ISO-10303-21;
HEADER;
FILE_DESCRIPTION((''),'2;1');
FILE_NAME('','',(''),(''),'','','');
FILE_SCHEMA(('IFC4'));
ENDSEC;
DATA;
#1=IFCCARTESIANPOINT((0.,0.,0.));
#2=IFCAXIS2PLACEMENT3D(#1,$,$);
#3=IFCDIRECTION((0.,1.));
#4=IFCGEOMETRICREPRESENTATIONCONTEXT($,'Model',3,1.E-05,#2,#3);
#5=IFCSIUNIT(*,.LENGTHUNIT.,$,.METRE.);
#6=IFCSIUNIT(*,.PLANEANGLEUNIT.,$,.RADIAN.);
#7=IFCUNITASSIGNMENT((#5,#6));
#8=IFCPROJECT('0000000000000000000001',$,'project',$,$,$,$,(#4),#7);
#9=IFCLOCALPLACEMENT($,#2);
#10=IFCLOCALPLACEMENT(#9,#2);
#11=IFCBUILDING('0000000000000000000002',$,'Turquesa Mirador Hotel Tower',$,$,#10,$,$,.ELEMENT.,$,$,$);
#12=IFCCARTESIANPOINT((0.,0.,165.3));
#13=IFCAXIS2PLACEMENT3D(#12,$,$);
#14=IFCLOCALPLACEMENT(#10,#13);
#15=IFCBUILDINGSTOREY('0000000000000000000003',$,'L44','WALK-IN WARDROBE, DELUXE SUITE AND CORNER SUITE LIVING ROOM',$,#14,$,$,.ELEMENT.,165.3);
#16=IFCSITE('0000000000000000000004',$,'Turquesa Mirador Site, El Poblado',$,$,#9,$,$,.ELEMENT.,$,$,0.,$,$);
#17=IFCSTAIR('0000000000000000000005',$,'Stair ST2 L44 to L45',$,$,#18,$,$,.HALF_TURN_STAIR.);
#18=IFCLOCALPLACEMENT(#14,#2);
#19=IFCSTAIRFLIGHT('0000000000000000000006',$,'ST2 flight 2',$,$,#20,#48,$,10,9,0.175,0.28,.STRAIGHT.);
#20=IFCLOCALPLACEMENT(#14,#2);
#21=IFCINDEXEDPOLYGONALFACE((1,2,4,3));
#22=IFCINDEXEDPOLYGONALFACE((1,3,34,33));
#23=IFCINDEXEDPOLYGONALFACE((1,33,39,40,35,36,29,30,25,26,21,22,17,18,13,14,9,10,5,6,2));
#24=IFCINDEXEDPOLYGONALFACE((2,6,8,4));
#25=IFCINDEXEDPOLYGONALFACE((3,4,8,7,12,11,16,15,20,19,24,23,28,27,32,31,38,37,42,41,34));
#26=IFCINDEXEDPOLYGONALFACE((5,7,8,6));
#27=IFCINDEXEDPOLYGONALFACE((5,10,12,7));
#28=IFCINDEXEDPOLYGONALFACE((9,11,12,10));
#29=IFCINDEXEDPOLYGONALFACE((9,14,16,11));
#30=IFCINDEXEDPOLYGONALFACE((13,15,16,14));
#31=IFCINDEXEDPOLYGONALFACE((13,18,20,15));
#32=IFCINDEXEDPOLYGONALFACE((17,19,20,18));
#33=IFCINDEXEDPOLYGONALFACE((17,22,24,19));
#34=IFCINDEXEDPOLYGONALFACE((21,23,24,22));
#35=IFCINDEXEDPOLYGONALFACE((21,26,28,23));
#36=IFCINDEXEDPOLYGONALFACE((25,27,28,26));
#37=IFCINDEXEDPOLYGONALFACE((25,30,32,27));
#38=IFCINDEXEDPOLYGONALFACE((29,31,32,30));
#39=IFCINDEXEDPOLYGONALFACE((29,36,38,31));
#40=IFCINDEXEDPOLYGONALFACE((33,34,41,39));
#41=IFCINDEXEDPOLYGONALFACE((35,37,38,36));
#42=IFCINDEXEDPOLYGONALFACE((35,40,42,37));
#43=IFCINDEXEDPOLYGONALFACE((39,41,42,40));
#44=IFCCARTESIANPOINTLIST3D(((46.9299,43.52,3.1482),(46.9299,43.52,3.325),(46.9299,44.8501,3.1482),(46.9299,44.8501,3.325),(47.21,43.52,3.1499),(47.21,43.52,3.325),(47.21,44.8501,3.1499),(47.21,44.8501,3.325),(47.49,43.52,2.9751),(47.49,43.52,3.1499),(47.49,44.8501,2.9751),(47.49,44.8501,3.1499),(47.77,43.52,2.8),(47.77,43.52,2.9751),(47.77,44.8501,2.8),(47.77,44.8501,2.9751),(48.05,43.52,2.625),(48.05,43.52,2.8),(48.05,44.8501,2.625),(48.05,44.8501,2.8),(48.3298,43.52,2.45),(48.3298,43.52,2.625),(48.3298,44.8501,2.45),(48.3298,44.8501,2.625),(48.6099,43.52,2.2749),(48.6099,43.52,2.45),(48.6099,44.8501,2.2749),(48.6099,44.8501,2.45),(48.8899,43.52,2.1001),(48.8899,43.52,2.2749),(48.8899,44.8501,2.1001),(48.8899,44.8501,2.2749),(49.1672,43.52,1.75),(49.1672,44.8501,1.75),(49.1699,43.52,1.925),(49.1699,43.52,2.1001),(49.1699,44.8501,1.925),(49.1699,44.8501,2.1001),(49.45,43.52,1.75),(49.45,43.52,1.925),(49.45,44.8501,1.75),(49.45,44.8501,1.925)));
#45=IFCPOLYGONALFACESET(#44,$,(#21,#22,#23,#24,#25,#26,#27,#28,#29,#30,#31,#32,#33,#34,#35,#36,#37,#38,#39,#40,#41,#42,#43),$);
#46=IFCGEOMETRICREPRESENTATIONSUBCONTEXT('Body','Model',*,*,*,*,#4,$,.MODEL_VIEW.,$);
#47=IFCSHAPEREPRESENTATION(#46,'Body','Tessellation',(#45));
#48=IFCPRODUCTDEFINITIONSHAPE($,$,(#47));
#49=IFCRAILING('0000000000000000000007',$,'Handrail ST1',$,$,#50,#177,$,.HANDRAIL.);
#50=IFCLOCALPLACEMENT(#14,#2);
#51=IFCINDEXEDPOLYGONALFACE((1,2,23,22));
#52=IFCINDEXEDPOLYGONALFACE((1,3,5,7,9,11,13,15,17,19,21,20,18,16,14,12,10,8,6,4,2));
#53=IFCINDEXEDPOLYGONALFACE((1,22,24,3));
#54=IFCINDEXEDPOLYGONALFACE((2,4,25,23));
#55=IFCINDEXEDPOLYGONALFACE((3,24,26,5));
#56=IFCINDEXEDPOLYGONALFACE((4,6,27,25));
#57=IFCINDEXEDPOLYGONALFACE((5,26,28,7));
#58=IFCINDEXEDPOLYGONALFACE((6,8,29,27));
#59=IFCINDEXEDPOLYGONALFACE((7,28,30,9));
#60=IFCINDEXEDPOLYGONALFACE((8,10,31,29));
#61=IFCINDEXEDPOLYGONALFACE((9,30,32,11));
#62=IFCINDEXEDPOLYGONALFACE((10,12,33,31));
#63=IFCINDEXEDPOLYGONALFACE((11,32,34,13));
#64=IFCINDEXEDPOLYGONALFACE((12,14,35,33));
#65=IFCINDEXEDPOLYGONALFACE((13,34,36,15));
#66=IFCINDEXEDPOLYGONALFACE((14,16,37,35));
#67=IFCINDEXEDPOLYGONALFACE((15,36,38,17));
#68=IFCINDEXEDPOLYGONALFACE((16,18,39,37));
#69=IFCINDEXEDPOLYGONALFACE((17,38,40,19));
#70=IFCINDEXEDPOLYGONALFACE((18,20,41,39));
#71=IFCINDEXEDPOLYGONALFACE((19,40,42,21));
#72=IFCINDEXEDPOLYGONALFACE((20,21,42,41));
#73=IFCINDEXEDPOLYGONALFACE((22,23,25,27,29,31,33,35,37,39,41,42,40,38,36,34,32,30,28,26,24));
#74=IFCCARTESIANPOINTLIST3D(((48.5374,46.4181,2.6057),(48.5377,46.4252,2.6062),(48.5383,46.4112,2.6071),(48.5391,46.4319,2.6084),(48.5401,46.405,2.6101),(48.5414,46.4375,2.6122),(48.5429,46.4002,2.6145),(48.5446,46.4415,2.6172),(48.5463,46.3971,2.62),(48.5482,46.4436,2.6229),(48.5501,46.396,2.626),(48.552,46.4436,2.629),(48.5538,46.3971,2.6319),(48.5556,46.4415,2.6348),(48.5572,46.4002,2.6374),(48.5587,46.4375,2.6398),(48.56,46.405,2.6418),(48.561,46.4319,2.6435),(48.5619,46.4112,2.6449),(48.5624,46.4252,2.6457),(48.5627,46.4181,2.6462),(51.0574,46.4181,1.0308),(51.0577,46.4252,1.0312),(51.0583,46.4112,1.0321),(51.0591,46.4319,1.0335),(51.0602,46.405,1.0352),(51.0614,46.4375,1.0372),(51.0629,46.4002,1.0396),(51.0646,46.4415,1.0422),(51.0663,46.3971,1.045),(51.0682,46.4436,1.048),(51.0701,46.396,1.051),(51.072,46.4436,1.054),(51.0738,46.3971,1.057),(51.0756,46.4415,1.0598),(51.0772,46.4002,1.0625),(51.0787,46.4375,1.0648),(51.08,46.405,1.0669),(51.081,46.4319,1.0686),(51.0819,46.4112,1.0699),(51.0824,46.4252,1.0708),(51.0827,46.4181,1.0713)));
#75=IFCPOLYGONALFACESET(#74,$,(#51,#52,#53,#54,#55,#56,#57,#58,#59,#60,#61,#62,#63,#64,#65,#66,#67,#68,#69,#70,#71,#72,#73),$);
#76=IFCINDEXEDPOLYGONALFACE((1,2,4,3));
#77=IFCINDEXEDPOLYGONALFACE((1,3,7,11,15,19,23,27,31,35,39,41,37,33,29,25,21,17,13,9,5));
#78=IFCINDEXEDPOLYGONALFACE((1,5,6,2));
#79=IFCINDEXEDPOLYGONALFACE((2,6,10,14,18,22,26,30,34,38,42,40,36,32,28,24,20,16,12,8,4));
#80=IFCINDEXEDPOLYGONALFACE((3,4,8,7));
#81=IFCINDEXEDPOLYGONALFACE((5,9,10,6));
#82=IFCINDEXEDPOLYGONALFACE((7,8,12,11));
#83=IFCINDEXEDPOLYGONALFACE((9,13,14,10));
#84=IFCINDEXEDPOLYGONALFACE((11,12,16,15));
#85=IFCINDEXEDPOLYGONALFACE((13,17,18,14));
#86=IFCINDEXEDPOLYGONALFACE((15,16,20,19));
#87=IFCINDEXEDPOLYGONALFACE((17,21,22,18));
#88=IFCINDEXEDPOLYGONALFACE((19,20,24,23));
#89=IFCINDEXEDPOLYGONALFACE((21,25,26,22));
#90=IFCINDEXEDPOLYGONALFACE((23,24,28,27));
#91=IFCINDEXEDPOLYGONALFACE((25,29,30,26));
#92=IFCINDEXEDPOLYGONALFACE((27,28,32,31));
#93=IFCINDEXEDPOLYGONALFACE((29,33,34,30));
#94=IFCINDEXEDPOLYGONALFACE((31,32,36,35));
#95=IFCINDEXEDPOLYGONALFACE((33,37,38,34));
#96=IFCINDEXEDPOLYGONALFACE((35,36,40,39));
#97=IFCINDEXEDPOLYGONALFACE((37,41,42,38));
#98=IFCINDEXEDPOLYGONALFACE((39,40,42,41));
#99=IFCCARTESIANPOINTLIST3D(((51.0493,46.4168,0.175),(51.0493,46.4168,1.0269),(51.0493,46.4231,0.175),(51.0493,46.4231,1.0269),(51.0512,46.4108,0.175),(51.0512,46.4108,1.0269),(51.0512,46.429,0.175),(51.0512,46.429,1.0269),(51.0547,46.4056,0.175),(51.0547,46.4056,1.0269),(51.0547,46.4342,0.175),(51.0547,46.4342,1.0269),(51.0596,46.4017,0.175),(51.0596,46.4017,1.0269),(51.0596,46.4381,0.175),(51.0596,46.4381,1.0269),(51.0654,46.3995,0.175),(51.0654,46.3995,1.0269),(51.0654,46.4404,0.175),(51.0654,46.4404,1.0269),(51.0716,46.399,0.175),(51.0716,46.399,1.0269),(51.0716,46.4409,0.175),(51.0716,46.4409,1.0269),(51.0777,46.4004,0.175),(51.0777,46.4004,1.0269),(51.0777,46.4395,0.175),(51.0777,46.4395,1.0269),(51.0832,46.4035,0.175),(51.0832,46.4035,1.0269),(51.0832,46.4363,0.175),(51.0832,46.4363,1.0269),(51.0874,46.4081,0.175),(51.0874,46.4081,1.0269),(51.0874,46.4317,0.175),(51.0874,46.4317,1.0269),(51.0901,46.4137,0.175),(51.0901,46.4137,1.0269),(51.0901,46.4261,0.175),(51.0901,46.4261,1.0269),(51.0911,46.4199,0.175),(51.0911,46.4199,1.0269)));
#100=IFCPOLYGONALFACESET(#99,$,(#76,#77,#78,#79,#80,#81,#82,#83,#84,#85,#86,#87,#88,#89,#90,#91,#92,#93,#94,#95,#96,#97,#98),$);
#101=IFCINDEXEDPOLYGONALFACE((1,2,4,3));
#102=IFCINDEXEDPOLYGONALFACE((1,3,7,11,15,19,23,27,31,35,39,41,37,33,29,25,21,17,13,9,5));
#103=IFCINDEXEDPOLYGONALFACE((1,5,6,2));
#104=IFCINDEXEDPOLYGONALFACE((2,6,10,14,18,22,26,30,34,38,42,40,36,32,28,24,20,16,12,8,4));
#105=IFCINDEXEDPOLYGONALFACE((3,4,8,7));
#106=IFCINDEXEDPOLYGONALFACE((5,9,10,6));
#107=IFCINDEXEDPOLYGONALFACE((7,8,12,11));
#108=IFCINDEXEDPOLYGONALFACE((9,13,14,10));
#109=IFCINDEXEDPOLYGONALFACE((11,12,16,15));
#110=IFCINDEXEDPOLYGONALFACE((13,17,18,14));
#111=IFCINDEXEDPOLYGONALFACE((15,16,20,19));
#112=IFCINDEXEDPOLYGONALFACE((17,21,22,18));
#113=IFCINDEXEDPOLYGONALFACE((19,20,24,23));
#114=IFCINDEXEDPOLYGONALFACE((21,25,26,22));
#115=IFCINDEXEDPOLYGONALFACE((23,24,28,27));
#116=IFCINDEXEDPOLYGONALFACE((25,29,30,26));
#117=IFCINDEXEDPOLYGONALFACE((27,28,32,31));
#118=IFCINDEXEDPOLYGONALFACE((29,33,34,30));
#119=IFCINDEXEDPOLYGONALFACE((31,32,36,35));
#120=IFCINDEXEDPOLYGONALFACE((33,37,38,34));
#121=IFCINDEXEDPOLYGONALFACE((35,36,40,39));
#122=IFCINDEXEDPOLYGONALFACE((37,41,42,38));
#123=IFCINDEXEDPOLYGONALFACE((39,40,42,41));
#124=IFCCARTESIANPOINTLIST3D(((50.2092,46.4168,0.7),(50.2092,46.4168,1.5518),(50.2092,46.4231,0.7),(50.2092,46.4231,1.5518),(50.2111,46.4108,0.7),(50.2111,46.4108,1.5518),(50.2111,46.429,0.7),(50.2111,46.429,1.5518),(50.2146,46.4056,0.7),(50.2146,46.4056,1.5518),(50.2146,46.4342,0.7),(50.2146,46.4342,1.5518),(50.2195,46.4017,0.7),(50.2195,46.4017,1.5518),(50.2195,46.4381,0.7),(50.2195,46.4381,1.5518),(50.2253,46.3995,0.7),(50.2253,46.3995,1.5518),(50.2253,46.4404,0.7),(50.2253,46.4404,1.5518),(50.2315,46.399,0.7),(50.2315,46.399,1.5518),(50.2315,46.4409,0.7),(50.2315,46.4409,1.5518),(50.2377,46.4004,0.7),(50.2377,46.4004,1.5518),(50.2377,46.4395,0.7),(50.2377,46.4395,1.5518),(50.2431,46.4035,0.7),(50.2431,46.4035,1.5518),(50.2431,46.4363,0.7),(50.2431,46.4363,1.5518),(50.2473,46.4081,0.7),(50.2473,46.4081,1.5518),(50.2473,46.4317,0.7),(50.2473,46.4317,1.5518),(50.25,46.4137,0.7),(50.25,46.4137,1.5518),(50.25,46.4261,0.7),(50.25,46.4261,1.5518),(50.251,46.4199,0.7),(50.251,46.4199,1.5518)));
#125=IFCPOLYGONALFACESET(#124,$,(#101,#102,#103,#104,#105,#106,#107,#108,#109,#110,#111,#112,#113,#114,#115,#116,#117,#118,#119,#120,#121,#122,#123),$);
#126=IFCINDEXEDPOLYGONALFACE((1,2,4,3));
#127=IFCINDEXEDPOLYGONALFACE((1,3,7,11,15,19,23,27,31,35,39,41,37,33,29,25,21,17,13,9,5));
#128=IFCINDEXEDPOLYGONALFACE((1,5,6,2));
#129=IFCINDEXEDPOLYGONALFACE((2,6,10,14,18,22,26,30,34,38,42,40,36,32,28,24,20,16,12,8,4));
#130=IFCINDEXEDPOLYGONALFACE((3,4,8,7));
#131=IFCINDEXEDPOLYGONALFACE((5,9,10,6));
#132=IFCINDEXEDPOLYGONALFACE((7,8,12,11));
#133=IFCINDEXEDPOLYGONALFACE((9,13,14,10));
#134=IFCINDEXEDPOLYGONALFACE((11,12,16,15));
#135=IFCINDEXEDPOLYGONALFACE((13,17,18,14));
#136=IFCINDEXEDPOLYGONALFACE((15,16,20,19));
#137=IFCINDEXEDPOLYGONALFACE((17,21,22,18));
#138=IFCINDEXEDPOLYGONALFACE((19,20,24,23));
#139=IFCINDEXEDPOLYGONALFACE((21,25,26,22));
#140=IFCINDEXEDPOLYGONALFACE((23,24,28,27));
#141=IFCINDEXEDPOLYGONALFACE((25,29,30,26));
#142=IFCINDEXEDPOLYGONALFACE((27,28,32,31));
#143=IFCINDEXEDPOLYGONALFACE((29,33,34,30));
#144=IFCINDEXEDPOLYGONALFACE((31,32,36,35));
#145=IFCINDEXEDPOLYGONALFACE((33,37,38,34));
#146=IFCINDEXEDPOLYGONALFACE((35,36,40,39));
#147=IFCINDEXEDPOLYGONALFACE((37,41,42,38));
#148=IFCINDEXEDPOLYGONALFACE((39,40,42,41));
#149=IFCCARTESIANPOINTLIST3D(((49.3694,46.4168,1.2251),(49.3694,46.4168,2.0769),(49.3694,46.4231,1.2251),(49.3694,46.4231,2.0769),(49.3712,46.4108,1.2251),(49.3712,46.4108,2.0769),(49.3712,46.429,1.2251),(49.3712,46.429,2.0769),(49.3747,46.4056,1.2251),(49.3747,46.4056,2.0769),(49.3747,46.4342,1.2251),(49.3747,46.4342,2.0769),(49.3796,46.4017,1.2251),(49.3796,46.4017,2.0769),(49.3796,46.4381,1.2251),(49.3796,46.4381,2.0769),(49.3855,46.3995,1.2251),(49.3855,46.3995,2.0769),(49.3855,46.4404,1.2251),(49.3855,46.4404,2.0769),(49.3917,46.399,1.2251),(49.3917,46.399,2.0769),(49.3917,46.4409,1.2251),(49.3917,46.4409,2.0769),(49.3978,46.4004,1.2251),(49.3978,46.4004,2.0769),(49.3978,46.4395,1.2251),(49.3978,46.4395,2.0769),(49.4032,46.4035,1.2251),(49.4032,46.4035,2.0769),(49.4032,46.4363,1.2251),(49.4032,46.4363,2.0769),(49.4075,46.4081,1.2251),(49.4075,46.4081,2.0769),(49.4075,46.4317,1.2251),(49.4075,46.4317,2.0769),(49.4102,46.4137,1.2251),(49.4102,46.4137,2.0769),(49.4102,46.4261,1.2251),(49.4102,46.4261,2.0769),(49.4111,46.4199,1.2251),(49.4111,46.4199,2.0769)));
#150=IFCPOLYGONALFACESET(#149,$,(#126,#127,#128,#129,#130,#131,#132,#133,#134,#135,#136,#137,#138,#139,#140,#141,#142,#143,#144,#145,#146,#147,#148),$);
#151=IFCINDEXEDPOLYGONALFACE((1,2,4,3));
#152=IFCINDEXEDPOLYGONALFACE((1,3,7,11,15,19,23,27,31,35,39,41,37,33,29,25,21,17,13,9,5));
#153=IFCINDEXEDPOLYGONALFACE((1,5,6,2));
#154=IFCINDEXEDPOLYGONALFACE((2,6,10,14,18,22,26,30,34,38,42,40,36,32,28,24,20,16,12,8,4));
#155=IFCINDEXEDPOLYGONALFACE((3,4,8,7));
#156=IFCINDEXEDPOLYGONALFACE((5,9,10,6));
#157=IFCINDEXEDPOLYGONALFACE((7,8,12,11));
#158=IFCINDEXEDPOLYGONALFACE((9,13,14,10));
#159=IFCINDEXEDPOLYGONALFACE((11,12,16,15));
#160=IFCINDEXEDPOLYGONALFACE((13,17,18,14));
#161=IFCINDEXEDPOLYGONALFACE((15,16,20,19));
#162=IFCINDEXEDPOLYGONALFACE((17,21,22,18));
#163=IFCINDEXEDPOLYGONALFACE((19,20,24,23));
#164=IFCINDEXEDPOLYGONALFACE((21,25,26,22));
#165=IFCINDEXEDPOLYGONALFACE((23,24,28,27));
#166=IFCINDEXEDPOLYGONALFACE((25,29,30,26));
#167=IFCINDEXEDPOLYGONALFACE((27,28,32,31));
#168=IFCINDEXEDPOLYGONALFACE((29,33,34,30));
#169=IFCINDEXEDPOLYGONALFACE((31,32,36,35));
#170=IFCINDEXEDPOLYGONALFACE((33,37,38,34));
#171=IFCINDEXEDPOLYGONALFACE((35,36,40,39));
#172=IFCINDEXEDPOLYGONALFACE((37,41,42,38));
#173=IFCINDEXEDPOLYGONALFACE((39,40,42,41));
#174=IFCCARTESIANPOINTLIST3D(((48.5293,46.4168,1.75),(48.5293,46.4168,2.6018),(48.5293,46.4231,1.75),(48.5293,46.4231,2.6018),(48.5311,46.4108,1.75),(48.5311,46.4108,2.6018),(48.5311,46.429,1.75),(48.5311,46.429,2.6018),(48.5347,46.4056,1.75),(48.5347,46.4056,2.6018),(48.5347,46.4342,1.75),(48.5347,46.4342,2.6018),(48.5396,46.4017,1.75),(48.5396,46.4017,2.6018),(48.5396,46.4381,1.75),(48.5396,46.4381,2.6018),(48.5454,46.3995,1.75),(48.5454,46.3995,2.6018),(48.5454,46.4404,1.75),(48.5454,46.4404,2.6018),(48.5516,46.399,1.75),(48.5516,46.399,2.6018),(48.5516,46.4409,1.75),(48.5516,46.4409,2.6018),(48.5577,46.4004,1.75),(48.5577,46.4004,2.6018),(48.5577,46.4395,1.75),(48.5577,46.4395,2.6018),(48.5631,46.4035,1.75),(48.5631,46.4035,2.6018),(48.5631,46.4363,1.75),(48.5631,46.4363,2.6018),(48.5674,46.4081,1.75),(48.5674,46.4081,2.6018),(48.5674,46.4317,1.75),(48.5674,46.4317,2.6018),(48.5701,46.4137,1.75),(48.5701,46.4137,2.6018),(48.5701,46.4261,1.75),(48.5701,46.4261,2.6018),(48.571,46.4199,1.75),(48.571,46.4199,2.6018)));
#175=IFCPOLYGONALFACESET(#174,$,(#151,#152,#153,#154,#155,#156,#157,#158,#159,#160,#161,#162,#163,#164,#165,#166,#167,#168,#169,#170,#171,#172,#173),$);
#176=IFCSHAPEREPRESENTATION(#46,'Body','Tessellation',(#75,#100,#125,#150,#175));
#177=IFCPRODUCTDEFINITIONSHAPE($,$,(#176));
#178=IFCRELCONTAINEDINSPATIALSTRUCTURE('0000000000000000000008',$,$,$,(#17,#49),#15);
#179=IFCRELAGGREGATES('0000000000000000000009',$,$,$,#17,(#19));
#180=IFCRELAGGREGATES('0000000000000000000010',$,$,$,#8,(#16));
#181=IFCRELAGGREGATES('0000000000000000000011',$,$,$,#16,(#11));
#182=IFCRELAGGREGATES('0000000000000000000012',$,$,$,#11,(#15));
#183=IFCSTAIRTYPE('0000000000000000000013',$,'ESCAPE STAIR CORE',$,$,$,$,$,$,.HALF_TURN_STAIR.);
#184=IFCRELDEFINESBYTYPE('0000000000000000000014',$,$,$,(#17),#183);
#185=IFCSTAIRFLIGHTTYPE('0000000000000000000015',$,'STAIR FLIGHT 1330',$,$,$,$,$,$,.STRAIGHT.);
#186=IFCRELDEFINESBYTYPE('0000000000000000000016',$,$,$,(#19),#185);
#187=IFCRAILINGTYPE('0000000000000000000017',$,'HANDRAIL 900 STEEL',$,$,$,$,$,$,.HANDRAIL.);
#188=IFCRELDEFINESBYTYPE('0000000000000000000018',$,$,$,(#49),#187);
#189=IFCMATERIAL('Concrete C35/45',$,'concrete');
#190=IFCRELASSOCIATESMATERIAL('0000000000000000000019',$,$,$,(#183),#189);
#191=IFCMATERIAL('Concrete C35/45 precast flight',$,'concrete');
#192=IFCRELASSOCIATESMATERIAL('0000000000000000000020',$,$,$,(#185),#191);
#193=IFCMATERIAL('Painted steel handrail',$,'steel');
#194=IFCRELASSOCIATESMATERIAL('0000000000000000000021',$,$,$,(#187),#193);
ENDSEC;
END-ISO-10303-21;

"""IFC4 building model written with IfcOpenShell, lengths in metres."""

from ifc_helpers import new_model, si_unit, direction, frame, origin, origin_2d, place, context, subcontext, project, spatial, polyline, circle, outline, extrude, material, type_object, element, aggregate, save


model = new_model("IFC4")

# Units and contexts
model_context = context("Model", 3, precision=1e-05, world=origin(), true_north=direction((0.0, 1.0)))
body_context = subcontext(model_context, "Body", "Model", "MODEL_VIEW")
ifc_project = project(units=[si_unit("LENGTHUNIT", "METRE"), si_unit("PLANEANGLEUNIT", "RADIAN")], contexts=[model_context])

# Site, building, storey
site_placement = place(None, origin())
site = spatial("IfcSite", under=ifc_project, at=site_placement, Name="Turquesa Mirador Site, El Poblado", CompositionType="ELEMENT", RefElevation=0.0)
building_placement = place(site_placement, origin())
building = spatial("IfcBuilding", under=site, at=building_placement, Name="Turquesa Mirador Hotel Tower", CompositionType="ELEMENT")
storey_placement = place(building_placement, frame((0.0, 0.0, 165.3)))
storey = spatial("IfcBuildingStorey", under=building, at=storey_placement, Name="L44", Description="WALK-IN WARDROBE, DELUXE SUITE AND CORNER SUITE LIVING ROOM", CompositionType="ELEMENT", Elevation=165.3)

# Stair, stair flight
ifc_material_1 = material(Name="Concrete C35/45", Category="concrete")
stair_type = type_object("IfcStairType", Name="ESCAPE STAIR CORE", PredefinedType="HALF_TURN_STAIR", material=ifc_material_1)
ifc_material_2 = material(Name="Concrete C35/45 precast flight", Category="concrete")
stair_flight_type = type_object("IfcStairFlightType", Name="STAIR FLIGHT 1330", PredefinedType="STRAIGHT", material=ifc_material_2)
stair_1_placement = place(storey_placement, origin())
stair_1 = element("IfcStair", 1, at=stair_1_placement, inside=storey, type_object=stair_type, Name="Stair ST2 L44 to L45", PredefinedType="HALF_TURN_STAIR")
stair_flight_1_placement = place(storey_placement, frame((49.45, 44.1851, 1.75), z_axis=(0.0, 0.0, 1.0), x_axis=(-1.0, 0.0, 0.0)))
stair_flight_1 = element("IfcStairFlight", 2, at=stair_flight_1_placement, type_object=stair_flight_type, Name="ST2 flight 2", NumberOfRisers=10, NumberOfTreads=9, PredefinedType="STRAIGHT", RiserHeight=0.175, TreadLength=0.28, context=body_context, shape_type="SweptSolid", body=[
    extrude(outline(polyline([(0.0, 0.0), (0.0, 0.175), (0.28, 0.175), (0.28, 0.3501), (0.5601, 0.3501), (0.5601, 0.5249), (0.8401, 0.5249), (0.8401, 0.7), (1.1201, 0.7), (1.1201, 0.875), (1.3999, 0.875), (1.3999, 1.05), (1.6799, 1.05), (1.6799, 1.2251), (1.96, 1.2251), (1.96, 1.3999), (2.24, 1.3999), (2.24, 1.575), (2.52, 1.575), (2.52, 1.75), (2.52, 1.3982), (0.2827, 0.0), (0.0, 0.0)])), frame((0.0, 0.665, 0.0), z_axis=(0.0, -1.0, 0.0), x_axis=(1.0, 0.0, 0.0)), (0.0, 0.0, 1.0), 1.3301),
])
aggregate(stair_1, [stair_flight_1])

# Railing
ifc_material_3 = material(Name="Painted steel handrail", Category="steel")
railing_type = type_object("IfcRailingType", Name="HANDRAIL 900 STEEL", PredefinedType="HANDRAIL", material=ifc_material_3)
railing_1_placement = place(storey_placement, frame((51.0701, 46.4199, 0.175)))
element("IfcRailing", 3, at=railing_1_placement, inside=storey, type_object=railing_type, Name="Handrail ST1", PredefinedType="HANDRAIL", context=body_context, shape_type="SweptSolid", body=[
    extrude(circle(Radius=0.0239, at=origin_2d()), frame((0.0, 0.0, 0.876), z_axis=(-0.848008, 0.0, 0.529984), x_axis=(0.0, -1.0, 0.0)), (0.0, 0.0, 1.0), 2.9717),
    extrude(circle(Radius=0.021, at=origin_2d()), origin(), (0.0, 0.0, 1.0), 0.8518),
    extrude(circle(Radius=0.021, at=origin_2d()), frame((-0.8401, 0.0, 0.5249)), (0.0, 0.0, 1.0), 0.8518),
    extrude(circle(Radius=0.021, at=origin_2d()), frame((-1.6799, 0.0, 1.05)), (0.0, 0.0, 1.0), 0.8518),
    extrude(circle(Radius=0.021, at=origin_2d()), frame((-2.52, 0.0, 1.575)), (0.0, 0.0, 1.0), 0.8518),
])

save(model, "model.ifc")
